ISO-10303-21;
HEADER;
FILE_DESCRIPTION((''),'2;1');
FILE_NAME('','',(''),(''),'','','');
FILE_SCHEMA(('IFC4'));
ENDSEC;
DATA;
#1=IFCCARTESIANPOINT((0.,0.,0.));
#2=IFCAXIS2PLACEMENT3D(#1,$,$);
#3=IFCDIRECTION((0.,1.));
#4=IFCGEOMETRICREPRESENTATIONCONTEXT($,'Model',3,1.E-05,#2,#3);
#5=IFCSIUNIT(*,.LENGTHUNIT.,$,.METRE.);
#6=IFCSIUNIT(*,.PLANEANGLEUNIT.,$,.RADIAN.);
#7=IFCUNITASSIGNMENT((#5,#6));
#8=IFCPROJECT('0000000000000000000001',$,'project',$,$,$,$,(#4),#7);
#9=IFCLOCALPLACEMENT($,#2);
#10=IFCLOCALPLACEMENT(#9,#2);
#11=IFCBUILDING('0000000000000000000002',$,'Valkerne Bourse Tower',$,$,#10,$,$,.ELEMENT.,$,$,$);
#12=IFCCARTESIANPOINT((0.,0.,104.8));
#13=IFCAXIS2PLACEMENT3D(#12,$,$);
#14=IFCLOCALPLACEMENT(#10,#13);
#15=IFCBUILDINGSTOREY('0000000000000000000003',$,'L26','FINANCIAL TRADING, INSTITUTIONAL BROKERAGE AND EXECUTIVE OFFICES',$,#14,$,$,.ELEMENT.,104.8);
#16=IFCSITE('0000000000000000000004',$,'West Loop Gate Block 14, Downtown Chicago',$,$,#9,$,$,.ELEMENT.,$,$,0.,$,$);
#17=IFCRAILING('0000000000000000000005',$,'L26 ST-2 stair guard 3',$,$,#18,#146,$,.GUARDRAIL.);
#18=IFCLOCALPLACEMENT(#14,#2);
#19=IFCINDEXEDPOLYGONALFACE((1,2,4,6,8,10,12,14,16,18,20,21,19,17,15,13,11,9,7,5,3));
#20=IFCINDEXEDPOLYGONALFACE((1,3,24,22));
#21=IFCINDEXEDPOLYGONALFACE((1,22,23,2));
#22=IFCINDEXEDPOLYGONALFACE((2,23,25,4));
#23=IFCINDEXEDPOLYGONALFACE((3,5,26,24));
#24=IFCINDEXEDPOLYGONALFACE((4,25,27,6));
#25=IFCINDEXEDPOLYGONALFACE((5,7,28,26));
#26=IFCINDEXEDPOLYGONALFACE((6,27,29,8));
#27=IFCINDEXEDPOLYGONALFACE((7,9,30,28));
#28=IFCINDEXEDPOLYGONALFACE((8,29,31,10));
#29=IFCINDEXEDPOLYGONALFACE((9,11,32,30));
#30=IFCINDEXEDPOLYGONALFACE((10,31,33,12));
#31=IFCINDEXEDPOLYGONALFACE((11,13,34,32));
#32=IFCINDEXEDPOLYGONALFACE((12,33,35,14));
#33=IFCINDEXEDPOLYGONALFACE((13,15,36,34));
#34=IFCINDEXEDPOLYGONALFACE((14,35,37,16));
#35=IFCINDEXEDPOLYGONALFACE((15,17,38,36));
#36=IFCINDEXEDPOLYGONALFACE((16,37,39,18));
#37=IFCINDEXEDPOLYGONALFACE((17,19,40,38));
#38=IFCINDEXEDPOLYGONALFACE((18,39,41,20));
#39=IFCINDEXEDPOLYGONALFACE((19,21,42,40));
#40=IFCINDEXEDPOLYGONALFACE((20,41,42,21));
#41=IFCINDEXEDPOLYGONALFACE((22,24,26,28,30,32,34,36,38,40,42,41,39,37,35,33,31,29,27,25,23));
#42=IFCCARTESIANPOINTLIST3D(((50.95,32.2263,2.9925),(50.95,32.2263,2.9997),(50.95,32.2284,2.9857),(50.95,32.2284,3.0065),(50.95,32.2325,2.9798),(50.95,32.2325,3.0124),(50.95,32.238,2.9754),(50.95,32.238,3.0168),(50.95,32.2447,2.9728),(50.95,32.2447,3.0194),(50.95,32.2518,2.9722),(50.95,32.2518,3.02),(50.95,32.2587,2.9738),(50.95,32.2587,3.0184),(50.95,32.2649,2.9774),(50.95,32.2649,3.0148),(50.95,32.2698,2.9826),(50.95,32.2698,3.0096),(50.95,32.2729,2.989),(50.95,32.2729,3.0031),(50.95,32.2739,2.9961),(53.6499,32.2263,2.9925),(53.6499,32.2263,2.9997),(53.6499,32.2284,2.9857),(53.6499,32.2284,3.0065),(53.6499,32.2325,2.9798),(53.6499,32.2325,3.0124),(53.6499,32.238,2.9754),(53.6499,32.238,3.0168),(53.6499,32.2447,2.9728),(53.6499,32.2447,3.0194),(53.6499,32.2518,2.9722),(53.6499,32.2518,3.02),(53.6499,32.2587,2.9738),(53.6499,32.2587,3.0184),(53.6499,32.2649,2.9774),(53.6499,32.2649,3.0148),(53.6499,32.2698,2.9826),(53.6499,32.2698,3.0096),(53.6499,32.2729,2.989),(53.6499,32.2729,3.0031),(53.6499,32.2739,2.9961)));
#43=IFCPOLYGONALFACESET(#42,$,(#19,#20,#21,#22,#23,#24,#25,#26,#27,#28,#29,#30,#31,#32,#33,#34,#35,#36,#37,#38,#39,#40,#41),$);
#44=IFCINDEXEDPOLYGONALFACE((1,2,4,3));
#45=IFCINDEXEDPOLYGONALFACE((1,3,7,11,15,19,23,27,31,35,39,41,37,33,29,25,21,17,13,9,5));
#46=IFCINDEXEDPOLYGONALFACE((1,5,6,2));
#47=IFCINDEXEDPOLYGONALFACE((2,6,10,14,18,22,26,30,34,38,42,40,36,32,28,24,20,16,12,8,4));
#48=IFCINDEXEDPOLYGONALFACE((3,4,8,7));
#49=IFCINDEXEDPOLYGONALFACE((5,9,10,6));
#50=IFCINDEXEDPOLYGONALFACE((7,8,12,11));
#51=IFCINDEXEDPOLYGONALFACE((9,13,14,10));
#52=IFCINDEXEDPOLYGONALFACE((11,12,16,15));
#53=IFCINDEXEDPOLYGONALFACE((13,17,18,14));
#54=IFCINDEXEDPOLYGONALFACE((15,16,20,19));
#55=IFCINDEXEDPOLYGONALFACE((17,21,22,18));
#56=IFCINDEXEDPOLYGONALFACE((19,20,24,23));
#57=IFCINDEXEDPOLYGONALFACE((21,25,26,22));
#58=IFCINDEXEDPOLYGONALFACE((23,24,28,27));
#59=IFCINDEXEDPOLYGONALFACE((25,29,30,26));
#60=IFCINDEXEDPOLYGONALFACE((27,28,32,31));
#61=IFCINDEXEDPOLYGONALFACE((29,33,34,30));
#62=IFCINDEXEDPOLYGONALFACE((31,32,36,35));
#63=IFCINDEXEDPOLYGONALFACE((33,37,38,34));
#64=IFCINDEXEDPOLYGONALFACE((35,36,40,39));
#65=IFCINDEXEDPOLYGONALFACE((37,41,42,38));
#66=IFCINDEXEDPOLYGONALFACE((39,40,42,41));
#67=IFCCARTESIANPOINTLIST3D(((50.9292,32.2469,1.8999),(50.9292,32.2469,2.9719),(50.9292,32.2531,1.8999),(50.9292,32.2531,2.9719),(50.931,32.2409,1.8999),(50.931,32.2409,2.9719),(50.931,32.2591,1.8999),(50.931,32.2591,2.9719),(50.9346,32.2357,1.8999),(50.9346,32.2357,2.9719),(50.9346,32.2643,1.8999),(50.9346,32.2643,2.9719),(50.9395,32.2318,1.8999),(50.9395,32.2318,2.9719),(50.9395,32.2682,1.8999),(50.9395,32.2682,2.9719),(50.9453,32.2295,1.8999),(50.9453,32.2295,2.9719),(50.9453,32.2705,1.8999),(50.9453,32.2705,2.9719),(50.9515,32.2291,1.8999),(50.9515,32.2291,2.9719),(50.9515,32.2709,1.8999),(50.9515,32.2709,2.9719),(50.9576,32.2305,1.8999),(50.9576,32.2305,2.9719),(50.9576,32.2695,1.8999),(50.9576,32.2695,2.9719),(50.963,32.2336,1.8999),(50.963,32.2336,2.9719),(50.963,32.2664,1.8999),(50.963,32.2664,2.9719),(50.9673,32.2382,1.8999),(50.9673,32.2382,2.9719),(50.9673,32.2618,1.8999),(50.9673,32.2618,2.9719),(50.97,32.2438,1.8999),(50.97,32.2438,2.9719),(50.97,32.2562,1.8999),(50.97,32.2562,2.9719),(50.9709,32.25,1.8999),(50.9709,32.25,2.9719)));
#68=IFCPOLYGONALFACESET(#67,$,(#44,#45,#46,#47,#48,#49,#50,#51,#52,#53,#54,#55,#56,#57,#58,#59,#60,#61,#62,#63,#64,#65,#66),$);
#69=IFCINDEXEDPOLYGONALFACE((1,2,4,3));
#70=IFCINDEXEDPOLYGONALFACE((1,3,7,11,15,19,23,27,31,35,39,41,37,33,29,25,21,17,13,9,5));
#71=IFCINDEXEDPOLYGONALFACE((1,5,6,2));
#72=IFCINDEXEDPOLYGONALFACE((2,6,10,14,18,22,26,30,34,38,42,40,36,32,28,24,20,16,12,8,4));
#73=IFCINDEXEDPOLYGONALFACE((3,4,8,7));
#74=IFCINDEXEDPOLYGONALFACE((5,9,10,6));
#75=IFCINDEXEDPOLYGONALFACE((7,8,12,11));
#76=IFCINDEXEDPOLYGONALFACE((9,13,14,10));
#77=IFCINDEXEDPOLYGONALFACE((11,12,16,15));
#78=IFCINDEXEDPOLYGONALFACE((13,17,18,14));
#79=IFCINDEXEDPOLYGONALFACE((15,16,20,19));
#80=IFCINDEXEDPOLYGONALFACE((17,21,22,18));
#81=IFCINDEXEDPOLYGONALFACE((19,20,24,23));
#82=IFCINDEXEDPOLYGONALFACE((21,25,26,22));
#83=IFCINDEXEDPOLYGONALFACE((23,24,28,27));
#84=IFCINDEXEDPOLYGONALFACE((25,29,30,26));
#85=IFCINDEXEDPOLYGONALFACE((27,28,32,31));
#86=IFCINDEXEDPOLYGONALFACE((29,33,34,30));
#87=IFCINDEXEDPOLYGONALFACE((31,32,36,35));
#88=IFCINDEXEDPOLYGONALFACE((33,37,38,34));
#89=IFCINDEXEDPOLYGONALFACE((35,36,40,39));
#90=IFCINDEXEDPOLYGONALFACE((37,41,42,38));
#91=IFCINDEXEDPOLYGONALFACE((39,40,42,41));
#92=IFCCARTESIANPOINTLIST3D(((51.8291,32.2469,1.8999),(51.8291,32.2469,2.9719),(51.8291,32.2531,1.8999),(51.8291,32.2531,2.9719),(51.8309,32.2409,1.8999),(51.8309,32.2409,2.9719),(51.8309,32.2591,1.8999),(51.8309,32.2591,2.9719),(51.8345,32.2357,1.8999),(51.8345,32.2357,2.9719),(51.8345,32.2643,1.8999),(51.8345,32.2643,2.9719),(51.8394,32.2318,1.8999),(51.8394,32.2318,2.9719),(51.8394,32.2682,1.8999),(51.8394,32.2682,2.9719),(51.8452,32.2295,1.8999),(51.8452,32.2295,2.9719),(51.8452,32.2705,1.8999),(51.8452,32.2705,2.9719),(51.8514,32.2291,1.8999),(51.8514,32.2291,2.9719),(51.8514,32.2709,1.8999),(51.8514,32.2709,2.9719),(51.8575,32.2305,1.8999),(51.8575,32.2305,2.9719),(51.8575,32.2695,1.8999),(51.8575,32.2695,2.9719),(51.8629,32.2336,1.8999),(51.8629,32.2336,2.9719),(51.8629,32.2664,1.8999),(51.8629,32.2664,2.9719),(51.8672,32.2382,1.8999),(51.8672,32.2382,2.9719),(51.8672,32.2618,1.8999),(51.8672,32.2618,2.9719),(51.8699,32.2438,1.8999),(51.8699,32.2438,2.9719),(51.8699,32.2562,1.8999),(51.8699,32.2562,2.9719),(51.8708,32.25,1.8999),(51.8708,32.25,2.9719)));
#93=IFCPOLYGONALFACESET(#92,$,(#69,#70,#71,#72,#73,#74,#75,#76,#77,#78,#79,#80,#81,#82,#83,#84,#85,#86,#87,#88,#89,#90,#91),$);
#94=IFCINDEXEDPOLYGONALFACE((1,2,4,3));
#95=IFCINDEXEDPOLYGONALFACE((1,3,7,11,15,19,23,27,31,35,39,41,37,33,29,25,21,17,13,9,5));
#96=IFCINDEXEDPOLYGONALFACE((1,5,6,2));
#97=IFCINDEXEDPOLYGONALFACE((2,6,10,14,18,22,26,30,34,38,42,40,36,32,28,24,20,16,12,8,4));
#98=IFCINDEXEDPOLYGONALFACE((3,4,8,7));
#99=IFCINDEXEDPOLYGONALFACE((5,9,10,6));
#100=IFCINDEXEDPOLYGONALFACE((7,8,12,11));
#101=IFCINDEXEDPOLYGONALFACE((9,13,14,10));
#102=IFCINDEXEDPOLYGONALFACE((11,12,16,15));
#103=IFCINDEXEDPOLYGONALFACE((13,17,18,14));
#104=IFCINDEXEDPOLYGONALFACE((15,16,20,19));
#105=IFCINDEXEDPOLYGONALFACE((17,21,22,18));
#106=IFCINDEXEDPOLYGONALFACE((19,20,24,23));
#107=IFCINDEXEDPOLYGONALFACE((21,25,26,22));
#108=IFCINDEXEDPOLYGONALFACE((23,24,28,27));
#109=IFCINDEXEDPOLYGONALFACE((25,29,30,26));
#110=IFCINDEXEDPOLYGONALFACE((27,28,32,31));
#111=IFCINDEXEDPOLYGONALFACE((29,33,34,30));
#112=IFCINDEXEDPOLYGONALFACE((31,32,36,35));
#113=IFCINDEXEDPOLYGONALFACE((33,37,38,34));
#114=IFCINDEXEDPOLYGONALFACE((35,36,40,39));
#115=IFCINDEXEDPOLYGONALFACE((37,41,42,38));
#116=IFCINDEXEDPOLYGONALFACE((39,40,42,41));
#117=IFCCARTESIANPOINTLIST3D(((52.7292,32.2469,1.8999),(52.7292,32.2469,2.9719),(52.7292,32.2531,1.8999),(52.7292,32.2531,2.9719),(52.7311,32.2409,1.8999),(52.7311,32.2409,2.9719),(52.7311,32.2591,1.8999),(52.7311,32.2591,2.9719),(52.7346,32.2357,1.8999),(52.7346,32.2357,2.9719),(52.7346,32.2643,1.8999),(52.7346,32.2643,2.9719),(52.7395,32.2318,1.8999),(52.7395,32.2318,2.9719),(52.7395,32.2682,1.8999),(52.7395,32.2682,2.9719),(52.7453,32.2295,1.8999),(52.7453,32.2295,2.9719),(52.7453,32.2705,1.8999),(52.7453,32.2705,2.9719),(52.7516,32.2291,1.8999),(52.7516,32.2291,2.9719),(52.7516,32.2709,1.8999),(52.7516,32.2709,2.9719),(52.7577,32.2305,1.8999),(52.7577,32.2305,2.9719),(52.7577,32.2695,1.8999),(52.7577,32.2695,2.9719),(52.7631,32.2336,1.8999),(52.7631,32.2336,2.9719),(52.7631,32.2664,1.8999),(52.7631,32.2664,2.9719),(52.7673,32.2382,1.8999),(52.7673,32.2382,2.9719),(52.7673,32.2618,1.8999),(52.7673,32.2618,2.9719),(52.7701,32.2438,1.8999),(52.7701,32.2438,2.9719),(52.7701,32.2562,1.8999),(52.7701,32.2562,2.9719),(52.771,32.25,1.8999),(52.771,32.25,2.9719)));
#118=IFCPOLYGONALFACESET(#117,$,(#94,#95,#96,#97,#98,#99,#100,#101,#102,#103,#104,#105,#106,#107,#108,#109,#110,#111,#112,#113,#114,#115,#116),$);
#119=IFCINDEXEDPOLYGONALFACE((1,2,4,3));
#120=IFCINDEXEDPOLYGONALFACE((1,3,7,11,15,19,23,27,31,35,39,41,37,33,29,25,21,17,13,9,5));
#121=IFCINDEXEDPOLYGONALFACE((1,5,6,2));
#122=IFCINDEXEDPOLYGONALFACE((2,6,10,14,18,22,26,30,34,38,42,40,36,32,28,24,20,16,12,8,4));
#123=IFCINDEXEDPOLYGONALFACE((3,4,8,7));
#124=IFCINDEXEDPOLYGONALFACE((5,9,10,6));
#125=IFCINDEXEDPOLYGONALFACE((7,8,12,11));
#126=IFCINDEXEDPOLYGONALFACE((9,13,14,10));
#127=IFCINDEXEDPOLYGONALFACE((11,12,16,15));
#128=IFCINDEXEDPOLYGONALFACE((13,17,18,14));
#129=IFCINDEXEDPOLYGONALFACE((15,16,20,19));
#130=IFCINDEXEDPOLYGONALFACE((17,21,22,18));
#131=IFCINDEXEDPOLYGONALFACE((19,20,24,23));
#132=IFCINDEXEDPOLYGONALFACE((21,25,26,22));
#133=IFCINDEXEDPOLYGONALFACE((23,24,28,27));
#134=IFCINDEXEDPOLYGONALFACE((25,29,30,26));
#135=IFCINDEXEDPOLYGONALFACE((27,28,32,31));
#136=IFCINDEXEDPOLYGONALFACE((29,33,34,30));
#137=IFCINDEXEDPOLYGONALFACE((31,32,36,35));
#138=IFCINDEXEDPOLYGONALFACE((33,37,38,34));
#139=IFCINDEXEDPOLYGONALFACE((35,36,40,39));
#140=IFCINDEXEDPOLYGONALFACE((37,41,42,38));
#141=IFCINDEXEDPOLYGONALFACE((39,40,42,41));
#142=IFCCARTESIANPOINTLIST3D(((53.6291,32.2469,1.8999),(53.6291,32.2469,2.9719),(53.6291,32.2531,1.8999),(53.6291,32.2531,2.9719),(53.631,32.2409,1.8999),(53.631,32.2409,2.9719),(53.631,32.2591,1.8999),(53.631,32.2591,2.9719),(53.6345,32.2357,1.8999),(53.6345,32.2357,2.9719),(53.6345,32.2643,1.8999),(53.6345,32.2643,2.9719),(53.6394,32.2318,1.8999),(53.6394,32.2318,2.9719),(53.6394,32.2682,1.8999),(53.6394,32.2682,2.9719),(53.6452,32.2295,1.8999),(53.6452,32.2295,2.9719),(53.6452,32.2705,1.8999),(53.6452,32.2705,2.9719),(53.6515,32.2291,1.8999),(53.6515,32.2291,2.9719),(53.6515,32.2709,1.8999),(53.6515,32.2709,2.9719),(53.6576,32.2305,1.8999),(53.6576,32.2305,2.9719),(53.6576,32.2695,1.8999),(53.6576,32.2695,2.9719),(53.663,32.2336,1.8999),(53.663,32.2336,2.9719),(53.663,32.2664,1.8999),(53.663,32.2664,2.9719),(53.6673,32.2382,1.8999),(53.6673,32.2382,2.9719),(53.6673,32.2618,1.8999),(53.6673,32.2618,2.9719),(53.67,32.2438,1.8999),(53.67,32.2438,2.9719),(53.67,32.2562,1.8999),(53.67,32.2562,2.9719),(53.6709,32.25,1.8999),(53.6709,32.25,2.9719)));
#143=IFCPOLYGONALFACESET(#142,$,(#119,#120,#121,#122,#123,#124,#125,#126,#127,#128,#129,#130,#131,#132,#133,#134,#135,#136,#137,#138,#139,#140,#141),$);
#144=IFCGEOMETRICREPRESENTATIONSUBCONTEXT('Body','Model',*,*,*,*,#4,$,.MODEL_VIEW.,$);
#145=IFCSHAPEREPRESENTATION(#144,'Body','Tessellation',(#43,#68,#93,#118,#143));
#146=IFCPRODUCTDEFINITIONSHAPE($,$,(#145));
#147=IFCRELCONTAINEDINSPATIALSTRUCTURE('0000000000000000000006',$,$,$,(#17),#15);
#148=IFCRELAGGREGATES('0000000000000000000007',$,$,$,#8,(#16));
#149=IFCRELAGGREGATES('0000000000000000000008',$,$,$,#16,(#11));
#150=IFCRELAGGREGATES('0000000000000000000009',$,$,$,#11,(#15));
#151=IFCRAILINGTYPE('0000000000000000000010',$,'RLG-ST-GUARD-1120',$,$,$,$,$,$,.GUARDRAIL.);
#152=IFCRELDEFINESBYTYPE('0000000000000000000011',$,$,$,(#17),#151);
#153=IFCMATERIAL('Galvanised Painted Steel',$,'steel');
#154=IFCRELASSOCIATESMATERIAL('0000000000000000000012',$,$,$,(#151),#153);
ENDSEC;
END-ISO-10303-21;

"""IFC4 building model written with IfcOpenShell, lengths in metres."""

from ifc_helpers import new_model, si_unit, direction, frame, origin, origin_2d, place, context, subcontext, project, spatial, circle, extrude, material, type_object, element, save


model = new_model("IFC4")

# Units and contexts
model_context = context("Model", 3, precision=1e-05, world=origin(), true_north=direction((0.0, 1.0)))
body_context = subcontext(model_context, "Body", "Model", "MODEL_VIEW")
ifc_project = project(units=[si_unit("LENGTHUNIT", "METRE"), si_unit("PLANEANGLEUNIT", "RADIAN")], contexts=[model_context])

# Site, building, storey
site_placement = place(None, origin())
site = spatial("IfcSite", under=ifc_project, at=site_placement, Name="West Loop Gate Block 14, Downtown Chicago", CompositionType="ELEMENT", RefElevation=0.0)
building_placement = place(site_placement, origin())
building = spatial("IfcBuilding", under=site, at=building_placement, Name="Valkerne Bourse Tower", CompositionType="ELEMENT")
storey_placement = place(building_placement, frame((0.0, 0.0, 104.8)))
storey = spatial("IfcBuildingStorey", under=building, at=storey_placement, Name="L26", Description="FINANCIAL TRADING, INSTITUTIONAL BROKERAGE AND EXECUTIVE OFFICES", CompositionType="ELEMENT", Elevation=104.8)

# Railing
ifc_material_1 = material(Name="Galvanised Painted Steel", Category="steel")
railing_type_1 = type_object("IfcRailingType", Name="RLG-ST-GUARD-1120", PredefinedType="GUARDRAIL", material=ifc_material_1)
for number, where, name in (
    (1, (50.95, 32.25, 1.8999), "L26 ST-2 stair guard 3"),
):
    element("IfcRailing", number, at=place(storey_placement, frame(where)), inside=storey, type_object=railing_type_1, Name=name, PredefinedType="GUARDRAIL", context=body_context, shape_type="SweptSolid", body=[
        extrude(circle(Radius=0.0239, at=origin_2d()), frame((0.0, 0.0, 1.0962), z_axis=(1.0, 0.0, 0.0), x_axis=(0.0, 1.0, 0.0)), (0.0, 0.0, 1.0), 2.7),
        extrude(circle(Radius=0.021, at=origin_2d()), origin(), (0.0, 0.0, 1.0), 1.072),
        extrude(circle(Radius=0.021, at=origin_2d()), frame((0.8999, 0.0, 0.0)), (0.0, 0.0, 1.0), 1.072),
        extrude(circle(Radius=0.021, at=origin_2d()), frame((1.8, 0.0, 0.0)), (0.0, 0.0, 1.0), 1.072),
        extrude(circle(Radius=0.021, at=origin_2d()), frame((2.7, 0.0, 0.0)), (0.0, 0.0, 1.0), 1.072),
    ])

save(model, "model.ifc")
